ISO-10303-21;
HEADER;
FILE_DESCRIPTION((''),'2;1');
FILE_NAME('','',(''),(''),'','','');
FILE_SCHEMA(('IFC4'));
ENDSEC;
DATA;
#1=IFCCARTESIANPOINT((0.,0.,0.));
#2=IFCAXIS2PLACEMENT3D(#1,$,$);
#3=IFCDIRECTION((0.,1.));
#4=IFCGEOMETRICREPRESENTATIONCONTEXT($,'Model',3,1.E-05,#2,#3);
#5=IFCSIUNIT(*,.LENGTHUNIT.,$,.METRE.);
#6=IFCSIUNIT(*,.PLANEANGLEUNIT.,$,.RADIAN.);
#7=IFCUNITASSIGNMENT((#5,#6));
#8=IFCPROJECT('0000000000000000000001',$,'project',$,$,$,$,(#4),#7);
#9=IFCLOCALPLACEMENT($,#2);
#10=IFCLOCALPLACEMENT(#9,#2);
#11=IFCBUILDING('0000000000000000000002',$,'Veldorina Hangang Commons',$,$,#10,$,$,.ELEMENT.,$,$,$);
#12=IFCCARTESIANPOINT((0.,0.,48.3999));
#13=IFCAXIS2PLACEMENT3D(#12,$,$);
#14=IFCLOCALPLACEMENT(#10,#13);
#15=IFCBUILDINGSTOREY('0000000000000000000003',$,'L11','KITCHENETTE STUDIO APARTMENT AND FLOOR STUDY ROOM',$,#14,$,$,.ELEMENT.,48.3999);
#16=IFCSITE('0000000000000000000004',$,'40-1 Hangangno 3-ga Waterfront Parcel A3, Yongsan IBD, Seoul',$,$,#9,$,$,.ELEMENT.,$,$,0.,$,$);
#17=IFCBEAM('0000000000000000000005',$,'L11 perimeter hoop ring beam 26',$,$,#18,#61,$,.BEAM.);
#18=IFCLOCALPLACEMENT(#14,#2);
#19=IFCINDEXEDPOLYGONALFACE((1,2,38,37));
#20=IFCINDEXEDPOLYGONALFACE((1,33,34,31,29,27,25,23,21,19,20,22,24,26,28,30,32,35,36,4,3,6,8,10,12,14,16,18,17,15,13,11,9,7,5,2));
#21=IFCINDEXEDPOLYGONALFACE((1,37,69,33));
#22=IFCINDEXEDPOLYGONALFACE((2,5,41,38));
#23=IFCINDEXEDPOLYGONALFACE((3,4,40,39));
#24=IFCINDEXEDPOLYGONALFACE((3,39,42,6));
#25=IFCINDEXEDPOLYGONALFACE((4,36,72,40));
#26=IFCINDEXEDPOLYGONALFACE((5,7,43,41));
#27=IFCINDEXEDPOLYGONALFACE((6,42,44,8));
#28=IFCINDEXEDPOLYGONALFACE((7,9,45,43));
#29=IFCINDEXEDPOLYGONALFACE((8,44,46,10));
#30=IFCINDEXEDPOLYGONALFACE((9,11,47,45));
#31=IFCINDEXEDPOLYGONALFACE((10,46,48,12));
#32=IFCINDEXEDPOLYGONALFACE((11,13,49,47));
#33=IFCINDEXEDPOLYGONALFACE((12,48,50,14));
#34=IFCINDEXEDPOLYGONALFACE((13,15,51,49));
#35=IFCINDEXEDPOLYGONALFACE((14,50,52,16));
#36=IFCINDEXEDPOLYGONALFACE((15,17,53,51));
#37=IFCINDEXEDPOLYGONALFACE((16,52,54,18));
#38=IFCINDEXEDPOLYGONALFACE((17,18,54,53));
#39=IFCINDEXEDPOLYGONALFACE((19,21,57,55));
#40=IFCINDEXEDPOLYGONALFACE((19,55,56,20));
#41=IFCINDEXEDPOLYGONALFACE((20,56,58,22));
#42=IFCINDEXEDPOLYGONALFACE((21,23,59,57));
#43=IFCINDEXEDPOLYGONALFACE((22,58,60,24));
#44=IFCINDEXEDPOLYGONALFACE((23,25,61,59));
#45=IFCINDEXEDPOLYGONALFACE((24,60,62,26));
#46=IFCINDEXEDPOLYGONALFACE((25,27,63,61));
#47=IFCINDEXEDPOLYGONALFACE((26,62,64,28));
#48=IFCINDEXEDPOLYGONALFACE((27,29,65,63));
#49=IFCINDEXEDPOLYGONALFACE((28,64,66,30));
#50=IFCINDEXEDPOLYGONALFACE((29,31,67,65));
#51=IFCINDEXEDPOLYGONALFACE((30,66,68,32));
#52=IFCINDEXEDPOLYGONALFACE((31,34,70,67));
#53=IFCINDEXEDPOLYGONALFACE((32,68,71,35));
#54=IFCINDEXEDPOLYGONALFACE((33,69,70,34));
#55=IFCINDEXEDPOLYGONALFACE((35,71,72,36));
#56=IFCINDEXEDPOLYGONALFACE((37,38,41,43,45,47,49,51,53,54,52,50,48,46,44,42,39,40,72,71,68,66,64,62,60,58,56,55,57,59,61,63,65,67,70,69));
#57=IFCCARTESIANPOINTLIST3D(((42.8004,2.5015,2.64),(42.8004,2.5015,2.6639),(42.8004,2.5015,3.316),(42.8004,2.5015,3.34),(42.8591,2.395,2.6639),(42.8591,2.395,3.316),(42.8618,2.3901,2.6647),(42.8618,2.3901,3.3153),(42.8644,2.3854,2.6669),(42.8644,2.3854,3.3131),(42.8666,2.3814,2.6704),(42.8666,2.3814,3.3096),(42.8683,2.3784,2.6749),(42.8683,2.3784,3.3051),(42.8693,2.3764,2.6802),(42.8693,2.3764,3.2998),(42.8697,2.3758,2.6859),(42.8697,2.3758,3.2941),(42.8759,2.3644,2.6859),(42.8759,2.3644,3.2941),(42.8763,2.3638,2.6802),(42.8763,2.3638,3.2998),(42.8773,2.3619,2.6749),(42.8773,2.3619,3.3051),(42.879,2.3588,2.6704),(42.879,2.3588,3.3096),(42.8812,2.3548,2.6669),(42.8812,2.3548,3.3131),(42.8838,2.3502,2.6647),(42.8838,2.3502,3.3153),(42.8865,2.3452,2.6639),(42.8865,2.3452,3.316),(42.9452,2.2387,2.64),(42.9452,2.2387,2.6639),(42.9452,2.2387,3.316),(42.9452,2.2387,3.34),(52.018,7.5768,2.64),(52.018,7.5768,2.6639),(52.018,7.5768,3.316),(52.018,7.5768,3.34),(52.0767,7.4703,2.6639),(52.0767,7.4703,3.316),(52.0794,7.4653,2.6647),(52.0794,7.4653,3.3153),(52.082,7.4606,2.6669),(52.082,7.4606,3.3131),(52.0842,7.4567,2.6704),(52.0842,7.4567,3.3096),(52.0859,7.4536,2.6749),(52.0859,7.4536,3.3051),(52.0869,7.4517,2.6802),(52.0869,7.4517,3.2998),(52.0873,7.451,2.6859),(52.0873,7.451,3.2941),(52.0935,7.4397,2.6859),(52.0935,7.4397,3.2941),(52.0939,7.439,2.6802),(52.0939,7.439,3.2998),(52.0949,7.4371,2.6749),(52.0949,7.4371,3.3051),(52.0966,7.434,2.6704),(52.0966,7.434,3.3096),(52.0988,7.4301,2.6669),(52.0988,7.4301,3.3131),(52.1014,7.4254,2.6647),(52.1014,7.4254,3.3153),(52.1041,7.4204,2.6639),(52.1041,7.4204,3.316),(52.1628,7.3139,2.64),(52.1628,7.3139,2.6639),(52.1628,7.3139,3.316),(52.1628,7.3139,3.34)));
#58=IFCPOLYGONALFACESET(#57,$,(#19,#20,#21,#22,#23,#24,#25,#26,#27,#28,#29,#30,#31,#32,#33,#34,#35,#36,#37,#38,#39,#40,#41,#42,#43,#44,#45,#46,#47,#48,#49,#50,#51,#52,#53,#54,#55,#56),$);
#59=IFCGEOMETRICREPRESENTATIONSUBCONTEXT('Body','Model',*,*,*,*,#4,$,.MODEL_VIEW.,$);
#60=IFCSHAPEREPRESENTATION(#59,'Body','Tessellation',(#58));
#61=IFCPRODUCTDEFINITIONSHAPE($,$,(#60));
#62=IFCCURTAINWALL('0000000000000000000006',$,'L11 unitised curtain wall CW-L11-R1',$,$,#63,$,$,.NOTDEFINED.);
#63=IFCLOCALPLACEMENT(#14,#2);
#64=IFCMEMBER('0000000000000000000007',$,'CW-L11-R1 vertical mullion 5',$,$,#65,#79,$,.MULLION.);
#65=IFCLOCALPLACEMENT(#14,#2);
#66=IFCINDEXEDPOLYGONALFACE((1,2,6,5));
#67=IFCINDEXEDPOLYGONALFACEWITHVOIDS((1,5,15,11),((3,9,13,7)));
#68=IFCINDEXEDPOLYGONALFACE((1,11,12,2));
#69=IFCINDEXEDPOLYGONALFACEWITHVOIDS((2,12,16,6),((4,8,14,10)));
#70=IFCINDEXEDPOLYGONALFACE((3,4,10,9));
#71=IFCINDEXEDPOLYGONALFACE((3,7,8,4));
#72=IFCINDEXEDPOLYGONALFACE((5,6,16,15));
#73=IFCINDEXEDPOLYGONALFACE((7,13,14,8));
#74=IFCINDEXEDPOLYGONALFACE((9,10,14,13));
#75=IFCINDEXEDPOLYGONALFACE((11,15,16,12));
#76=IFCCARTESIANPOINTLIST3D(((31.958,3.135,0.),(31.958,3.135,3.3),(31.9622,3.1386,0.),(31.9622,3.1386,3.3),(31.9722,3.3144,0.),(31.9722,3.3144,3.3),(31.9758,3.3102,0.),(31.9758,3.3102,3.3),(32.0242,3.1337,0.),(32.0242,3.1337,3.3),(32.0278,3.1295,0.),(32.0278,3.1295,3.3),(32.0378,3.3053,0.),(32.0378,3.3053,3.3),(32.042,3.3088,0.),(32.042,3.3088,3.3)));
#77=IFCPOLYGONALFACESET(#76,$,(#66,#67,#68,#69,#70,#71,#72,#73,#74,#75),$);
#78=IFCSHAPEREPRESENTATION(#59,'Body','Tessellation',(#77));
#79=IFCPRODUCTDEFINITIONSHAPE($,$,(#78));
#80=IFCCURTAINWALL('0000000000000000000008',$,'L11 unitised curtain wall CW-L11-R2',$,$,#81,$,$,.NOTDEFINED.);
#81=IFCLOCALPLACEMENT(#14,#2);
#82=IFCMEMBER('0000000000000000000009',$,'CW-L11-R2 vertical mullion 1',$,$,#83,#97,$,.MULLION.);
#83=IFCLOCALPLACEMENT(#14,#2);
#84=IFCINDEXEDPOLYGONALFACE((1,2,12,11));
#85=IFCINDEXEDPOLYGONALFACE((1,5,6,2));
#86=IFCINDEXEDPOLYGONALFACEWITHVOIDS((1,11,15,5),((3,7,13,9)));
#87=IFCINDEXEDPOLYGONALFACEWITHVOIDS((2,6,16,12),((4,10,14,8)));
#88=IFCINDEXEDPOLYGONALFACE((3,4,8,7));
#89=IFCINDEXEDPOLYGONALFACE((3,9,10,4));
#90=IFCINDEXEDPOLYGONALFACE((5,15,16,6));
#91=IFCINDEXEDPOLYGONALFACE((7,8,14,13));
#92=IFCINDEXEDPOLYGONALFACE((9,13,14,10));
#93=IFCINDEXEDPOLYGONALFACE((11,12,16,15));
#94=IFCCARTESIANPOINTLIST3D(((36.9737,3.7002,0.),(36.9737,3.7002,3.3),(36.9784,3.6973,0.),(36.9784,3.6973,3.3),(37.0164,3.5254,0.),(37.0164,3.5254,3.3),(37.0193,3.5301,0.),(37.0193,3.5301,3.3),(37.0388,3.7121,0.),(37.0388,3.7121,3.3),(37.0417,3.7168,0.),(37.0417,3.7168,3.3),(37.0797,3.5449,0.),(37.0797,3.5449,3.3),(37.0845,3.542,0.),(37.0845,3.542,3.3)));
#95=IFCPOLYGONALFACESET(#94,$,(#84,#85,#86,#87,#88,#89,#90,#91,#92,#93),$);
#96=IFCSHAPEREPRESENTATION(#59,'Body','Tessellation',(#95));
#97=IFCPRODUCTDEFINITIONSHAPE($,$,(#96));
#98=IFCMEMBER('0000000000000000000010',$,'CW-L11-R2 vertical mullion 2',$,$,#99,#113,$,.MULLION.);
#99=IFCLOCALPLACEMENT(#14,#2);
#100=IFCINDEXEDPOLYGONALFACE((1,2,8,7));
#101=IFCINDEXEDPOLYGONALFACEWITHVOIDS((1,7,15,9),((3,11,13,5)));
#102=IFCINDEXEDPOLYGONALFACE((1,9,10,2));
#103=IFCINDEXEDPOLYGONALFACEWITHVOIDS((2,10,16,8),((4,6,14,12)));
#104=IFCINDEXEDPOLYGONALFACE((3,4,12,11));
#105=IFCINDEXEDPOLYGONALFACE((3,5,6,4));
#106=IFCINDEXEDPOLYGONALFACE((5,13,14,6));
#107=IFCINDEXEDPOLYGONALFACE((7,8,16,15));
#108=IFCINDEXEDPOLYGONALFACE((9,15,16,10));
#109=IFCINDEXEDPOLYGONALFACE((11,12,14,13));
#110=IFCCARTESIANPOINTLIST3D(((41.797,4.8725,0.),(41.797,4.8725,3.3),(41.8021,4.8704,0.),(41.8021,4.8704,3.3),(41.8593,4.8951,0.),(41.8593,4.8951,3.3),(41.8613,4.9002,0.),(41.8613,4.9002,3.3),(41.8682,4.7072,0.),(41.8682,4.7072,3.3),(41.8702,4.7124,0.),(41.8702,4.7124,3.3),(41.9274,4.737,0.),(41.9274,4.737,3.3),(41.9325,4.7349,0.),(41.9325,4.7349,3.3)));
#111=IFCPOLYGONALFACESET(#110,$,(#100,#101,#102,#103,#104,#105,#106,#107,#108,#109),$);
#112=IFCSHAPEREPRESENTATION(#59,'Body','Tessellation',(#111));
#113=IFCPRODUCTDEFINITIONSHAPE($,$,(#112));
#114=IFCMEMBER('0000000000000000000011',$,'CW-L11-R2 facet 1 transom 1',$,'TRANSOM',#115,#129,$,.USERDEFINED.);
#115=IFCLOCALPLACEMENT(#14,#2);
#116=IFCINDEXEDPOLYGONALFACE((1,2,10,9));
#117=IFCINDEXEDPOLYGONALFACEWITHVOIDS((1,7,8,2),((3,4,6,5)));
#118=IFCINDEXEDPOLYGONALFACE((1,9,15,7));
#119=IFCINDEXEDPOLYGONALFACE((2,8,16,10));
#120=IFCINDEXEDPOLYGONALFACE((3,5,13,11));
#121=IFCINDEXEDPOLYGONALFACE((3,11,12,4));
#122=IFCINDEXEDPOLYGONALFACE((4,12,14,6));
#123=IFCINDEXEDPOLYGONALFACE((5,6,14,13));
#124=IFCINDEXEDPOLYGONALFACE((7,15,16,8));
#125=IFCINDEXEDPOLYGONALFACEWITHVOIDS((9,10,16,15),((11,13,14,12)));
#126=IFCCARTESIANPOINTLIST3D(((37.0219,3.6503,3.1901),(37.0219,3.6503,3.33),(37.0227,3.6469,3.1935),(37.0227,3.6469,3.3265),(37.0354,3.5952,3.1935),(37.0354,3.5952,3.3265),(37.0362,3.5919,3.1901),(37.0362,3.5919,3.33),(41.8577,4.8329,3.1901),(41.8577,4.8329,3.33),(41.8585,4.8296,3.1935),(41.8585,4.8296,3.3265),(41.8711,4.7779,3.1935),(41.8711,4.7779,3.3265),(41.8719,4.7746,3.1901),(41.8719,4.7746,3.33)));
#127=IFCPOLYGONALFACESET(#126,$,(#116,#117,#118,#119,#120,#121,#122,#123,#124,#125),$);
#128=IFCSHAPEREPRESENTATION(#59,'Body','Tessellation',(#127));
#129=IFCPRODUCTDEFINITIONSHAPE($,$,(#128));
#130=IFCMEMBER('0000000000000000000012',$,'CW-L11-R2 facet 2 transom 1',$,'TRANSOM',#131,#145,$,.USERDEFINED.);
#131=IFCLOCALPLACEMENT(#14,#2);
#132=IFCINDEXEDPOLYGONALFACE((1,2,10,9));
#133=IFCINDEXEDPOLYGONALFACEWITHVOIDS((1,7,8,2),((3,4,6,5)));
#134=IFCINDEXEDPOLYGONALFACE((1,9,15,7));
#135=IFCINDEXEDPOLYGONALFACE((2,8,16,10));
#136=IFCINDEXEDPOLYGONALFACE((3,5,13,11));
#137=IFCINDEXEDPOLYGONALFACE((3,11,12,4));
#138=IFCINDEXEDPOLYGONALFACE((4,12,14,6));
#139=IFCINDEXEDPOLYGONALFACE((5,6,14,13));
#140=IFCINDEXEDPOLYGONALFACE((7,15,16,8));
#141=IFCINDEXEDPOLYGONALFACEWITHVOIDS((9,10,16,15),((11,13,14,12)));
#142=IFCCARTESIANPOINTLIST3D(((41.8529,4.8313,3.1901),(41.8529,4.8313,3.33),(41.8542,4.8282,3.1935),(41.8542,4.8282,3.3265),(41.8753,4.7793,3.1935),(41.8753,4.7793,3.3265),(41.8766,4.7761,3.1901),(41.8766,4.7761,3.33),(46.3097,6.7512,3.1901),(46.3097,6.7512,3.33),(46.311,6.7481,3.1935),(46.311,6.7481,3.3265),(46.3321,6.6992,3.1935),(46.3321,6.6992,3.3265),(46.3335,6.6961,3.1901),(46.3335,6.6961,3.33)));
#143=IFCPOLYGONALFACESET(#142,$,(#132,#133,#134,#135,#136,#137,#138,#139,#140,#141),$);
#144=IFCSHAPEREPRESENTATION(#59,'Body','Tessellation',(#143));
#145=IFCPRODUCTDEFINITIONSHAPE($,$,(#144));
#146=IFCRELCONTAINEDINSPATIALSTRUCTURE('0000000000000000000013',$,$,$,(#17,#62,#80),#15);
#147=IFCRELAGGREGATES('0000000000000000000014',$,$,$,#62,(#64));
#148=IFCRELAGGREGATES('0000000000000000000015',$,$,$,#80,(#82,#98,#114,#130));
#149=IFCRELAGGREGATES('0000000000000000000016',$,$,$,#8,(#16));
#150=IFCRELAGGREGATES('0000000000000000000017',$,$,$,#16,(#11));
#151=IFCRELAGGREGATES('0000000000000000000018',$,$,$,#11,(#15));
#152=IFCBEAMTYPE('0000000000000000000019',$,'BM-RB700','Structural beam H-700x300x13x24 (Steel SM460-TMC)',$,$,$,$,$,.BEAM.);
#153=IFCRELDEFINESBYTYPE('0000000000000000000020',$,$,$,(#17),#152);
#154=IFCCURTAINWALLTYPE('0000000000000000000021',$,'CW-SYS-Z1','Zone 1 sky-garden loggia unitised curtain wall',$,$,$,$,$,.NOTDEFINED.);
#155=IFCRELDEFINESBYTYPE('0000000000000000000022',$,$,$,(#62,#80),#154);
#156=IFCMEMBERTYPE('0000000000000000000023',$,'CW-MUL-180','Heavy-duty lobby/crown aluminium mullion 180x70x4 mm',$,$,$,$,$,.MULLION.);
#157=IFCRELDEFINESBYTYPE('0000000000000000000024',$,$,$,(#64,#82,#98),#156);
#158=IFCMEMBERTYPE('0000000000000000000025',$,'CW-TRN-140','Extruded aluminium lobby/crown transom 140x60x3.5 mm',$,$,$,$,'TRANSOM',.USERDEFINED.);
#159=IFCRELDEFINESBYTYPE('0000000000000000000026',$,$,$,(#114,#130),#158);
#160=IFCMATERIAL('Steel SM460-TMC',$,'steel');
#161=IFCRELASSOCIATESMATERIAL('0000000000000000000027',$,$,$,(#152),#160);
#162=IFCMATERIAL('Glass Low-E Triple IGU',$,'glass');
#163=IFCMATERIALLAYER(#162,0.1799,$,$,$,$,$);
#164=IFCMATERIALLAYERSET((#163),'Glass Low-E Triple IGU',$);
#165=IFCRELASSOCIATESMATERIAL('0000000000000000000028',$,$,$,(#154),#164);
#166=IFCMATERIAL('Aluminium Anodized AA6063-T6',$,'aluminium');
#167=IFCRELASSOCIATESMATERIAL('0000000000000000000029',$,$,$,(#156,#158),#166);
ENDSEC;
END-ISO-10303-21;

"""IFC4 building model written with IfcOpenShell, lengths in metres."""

from ifc_helpers import new_model, si_unit, direction, frame, origin, origin_2d, place, context, subcontext, project, spatial, hollow_rectangle, i_section, extrude, material, layer, layer_set, material_profile, profile_set, type_object, element, aggregate, save


model = new_model("IFC4")

# Units and contexts
model_context = context("Model", 3, precision=1e-05, world=origin(), true_north=direction((0.0, 1.0)))
body_context = subcontext(model_context, "Body", "Model", "MODEL_VIEW")
ifc_project = project(units=[si_unit("LENGTHUNIT", "METRE"), si_unit("PLANEANGLEUNIT", "RADIAN")], contexts=[model_context])

# Site, building, storey
site_placement = place(None, origin())
site = spatial("IfcSite", under=ifc_project, at=site_placement, Name="40-1 Hangangno 3-ga Waterfront Parcel A3, Yongsan IBD, Seoul", CompositionType="ELEMENT", RefElevation=0.0)
building_placement = place(site_placement, origin())
building = spatial("IfcBuilding", under=site, at=building_placement, Name="Veldorina Hangang Commons", CompositionType="ELEMENT")
storey_placement = place(building_placement, frame((0.0, 0.0, 48.3999)))
storey = spatial("IfcBuildingStorey", under=building, at=storey_placement, Name="L11", Description="KITCHENETTE STUDIO APARTMENT AND FLOOR STUDY ROOM", CompositionType="ELEMENT", Elevation=48.3999)

# Beam
ifc_material_1 = material(Name="Steel SM460-TMC", Category="steel")
ifc_material_profile_1 = material_profile(ifc_material_1, i_section(OverallWidth=0.3, OverallDepth=0.7, WebThickness=0.0129, FlangeThickness=0.0239, FilletRadius=0.022, at=origin_2d()), Name="H-700x300x13x24")
ifc_profile_set_1 = profile_set([ifc_material_profile_1], Name="Steel SM460-TMC")
beam_type = type_object("IfcBeamType", Name="BM-RB700", Description="Structural beam H-700x300x13x24 (Steel SM460-TMC)", PredefinedType="BEAM", material=ifc_profile_set_1)
beam_placement = place(storey_placement, frame((42.8728, 2.3701, 2.99), z_axis=(0.875993, 0.482324, 0.0), x_axis=(-0.482324, 0.875993, 0.0)))
element("IfcBeam", 1, at=beam_placement, inside=storey, type_object=beam_type, Name="L11 perimeter hoop ring beam 26", PredefinedType="BEAM", context=body_context, shape_type="SweptSolid", body=[
    extrude(i_section(OverallWidth=0.3, OverallDepth=0.7, WebThickness=0.0129, FlangeThickness=0.0239, FilletRadius=0.022, at=origin_2d()), origin(), (0.0, 0.0, 1.0), 10.5225),
])

# Curtain wall, member
ifc_material_2 = material(Name="Glass Low-E Triple IGU", Category="glass")
ifc_layer_1 = layer(ifc_material_2, 0.1799)
ifc_layer_set_1 = layer_set([ifc_layer_1], Name="Glass Low-E Triple IGU")
curtain_wall_type = type_object("IfcCurtainWallType", Name="CW-SYS-Z1", Description="Zone 1 sky-garden loggia unitised curtain wall", PredefinedType="NOTDEFINED", material=ifc_layer_set_1)
curtain_wall_1_placement = place(storey_placement, origin())
curtain_wall_1 = element("IfcCurtainWall", 2, at=curtain_wall_1_placement, inside=storey, type_object=curtain_wall_type, Name="L11 unitised curtain wall CW-L11-R1", PredefinedType="NOTDEFINED")
ifc_material_3 = material(Name="Aluminium Anodized AA6063-T6", Category="aluminium")
ifc_material_profile_2 = material_profile(ifc_material_3, hollow_rectangle(XDim=0.0701, YDim=0.1799, WallThickness=0.0039, at=origin_2d()), Name="ALU-RHS-180x70x4")
ifc_profile_set_2 = profile_set([ifc_material_profile_2], Name="Aluminium Anodized AA6063-T6")
member_type_1 = type_object("IfcMemberType", Name="CW-MUL-180", Description="Heavy-duty lobby/crown aluminium mullion 180x70x4 mm", PredefinedType="MULLION", material=ifc_profile_set_2)
member_1_placement = place(storey_placement, frame((32.0, 3.2219, 0.0), z_axis=(0.0, 0.0, 1.0), x_axis=(-0.996864, 0.079138, 0.0)))
member_1 = element("IfcMember", 3, at=member_1_placement, type_object=member_type_1, Name="CW-L11-R1 vertical mullion 5", PredefinedType="MULLION", context=body_context, shape_type="SweptSolid", body=[
    extrude(hollow_rectangle(XDim=0.0701, YDim=0.1799, WallThickness=0.0039, at=origin_2d()), origin(), (0.0, 0.0, 1.0), 3.3),
])
aggregate(curtain_wall_1, [member_1])

# Curtain wall, members
curtain_wall_2_placement = place(storey_placement, origin())
curtain_wall_2 = element("IfcCurtainWall", 4, at=curtain_wall_2_placement, inside=storey, type_object=curtain_wall_type, Name="L11 unitised curtain wall CW-L11-R2", PredefinedType="NOTDEFINED")
member_2_placement = place(storey_placement, frame((37.0291, 3.6211, 0.0), z_axis=(0.0, 0.0, 1.0), x_axis=(0.971384, 0.237516, 0.0)))
member_2 = element("IfcMember", 5, at=member_2_placement, type_object=member_type_1, Name="CW-L11-R2 vertical mullion 1", PredefinedType="MULLION", context=body_context, shape_type="SweptSolid", body=[
    extrude(hollow_rectangle(XDim=0.0701, YDim=0.1799, WallThickness=0.0039, at=origin_2d()), origin(), (0.0, 0.0, 1.0), 3.3),
])
member_3_placement = place(storey_placement, frame((41.8647, 4.8037, 0.0), z_axis=(0.0, 0.0, 1.0), x_axis=(0.918391, 0.395674, 0.0)))
member_3 = element("IfcMember", 6, at=member_3_placement, type_object=member_type_1, Name="CW-L11-R2 vertical mullion 2", PredefinedType="MULLION", context=body_context, shape_type="SweptSolid", body=[
    extrude(hollow_rectangle(XDim=0.0701, YDim=0.1799, WallThickness=0.0039, at=origin_2d()), origin(), (0.0, 0.0, 1.0), 3.3),
])
ifc_material_profile_3 = material_profile(ifc_material_3, hollow_rectangle(XDim=0.0601, YDim=0.1399, WallThickness=0.0034, at=origin_2d()), Name="ALU-RHS-140x60x3.5")
ifc_profile_set_3 = profile_set([ifc_material_profile_3], Name="Aluminium Anodized AA6063-T6")
member_type_2 = type_object("IfcMemberType", Name="CW-TRN-140", Description="Extruded aluminium lobby/crown transom 140x60x3.5 mm", ElementType="TRANSOM", PredefinedType="USERDEFINED", material=ifc_profile_set_3)
member_4_placement = place(storey_placement, frame((37.0291, 3.6211, 3.26), z_axis=(0.971373, 0.237559, 0.0), x_axis=(-0.237559, 0.971373, 0.0)))
member_4 = element("IfcMember", 7, at=member_4_placement, type_object=member_type_2, Name="CW-L11-R2 facet 1 transom 1", ObjectType="TRANSOM", PredefinedType="USERDEFINED", context=body_context, shape_type="SweptSolid", body=[
    extrude(hollow_rectangle(XDim=0.0601, YDim=0.1399, WallThickness=0.0034, at=origin_2d()), origin(), (0.0, 0.0, 1.0), 4.9783),
])
member_5_placement = place(storey_placement, frame((41.8647, 4.8037, 3.26), z_axis=(0.918407, 0.395637, 0.0), x_axis=(-0.395637, 0.918407, 0.0)))
member_5 = element("IfcMember", 8, at=member_5_placement, type_object=member_type_2, Name="CW-L11-R2 facet 2 transom 1", ObjectType="TRANSOM", PredefinedType="USERDEFINED", context=body_context, shape_type="SweptSolid", body=[
    extrude(hollow_rectangle(XDim=0.0601, YDim=0.1399, WallThickness=0.0034, at=origin_2d()), origin(), (0.0, 0.0, 1.0), 4.8528),
])

aggregate(curtain_wall_2, [member_2, member_3, member_4, member_5])

save(model, "model.ifc")
